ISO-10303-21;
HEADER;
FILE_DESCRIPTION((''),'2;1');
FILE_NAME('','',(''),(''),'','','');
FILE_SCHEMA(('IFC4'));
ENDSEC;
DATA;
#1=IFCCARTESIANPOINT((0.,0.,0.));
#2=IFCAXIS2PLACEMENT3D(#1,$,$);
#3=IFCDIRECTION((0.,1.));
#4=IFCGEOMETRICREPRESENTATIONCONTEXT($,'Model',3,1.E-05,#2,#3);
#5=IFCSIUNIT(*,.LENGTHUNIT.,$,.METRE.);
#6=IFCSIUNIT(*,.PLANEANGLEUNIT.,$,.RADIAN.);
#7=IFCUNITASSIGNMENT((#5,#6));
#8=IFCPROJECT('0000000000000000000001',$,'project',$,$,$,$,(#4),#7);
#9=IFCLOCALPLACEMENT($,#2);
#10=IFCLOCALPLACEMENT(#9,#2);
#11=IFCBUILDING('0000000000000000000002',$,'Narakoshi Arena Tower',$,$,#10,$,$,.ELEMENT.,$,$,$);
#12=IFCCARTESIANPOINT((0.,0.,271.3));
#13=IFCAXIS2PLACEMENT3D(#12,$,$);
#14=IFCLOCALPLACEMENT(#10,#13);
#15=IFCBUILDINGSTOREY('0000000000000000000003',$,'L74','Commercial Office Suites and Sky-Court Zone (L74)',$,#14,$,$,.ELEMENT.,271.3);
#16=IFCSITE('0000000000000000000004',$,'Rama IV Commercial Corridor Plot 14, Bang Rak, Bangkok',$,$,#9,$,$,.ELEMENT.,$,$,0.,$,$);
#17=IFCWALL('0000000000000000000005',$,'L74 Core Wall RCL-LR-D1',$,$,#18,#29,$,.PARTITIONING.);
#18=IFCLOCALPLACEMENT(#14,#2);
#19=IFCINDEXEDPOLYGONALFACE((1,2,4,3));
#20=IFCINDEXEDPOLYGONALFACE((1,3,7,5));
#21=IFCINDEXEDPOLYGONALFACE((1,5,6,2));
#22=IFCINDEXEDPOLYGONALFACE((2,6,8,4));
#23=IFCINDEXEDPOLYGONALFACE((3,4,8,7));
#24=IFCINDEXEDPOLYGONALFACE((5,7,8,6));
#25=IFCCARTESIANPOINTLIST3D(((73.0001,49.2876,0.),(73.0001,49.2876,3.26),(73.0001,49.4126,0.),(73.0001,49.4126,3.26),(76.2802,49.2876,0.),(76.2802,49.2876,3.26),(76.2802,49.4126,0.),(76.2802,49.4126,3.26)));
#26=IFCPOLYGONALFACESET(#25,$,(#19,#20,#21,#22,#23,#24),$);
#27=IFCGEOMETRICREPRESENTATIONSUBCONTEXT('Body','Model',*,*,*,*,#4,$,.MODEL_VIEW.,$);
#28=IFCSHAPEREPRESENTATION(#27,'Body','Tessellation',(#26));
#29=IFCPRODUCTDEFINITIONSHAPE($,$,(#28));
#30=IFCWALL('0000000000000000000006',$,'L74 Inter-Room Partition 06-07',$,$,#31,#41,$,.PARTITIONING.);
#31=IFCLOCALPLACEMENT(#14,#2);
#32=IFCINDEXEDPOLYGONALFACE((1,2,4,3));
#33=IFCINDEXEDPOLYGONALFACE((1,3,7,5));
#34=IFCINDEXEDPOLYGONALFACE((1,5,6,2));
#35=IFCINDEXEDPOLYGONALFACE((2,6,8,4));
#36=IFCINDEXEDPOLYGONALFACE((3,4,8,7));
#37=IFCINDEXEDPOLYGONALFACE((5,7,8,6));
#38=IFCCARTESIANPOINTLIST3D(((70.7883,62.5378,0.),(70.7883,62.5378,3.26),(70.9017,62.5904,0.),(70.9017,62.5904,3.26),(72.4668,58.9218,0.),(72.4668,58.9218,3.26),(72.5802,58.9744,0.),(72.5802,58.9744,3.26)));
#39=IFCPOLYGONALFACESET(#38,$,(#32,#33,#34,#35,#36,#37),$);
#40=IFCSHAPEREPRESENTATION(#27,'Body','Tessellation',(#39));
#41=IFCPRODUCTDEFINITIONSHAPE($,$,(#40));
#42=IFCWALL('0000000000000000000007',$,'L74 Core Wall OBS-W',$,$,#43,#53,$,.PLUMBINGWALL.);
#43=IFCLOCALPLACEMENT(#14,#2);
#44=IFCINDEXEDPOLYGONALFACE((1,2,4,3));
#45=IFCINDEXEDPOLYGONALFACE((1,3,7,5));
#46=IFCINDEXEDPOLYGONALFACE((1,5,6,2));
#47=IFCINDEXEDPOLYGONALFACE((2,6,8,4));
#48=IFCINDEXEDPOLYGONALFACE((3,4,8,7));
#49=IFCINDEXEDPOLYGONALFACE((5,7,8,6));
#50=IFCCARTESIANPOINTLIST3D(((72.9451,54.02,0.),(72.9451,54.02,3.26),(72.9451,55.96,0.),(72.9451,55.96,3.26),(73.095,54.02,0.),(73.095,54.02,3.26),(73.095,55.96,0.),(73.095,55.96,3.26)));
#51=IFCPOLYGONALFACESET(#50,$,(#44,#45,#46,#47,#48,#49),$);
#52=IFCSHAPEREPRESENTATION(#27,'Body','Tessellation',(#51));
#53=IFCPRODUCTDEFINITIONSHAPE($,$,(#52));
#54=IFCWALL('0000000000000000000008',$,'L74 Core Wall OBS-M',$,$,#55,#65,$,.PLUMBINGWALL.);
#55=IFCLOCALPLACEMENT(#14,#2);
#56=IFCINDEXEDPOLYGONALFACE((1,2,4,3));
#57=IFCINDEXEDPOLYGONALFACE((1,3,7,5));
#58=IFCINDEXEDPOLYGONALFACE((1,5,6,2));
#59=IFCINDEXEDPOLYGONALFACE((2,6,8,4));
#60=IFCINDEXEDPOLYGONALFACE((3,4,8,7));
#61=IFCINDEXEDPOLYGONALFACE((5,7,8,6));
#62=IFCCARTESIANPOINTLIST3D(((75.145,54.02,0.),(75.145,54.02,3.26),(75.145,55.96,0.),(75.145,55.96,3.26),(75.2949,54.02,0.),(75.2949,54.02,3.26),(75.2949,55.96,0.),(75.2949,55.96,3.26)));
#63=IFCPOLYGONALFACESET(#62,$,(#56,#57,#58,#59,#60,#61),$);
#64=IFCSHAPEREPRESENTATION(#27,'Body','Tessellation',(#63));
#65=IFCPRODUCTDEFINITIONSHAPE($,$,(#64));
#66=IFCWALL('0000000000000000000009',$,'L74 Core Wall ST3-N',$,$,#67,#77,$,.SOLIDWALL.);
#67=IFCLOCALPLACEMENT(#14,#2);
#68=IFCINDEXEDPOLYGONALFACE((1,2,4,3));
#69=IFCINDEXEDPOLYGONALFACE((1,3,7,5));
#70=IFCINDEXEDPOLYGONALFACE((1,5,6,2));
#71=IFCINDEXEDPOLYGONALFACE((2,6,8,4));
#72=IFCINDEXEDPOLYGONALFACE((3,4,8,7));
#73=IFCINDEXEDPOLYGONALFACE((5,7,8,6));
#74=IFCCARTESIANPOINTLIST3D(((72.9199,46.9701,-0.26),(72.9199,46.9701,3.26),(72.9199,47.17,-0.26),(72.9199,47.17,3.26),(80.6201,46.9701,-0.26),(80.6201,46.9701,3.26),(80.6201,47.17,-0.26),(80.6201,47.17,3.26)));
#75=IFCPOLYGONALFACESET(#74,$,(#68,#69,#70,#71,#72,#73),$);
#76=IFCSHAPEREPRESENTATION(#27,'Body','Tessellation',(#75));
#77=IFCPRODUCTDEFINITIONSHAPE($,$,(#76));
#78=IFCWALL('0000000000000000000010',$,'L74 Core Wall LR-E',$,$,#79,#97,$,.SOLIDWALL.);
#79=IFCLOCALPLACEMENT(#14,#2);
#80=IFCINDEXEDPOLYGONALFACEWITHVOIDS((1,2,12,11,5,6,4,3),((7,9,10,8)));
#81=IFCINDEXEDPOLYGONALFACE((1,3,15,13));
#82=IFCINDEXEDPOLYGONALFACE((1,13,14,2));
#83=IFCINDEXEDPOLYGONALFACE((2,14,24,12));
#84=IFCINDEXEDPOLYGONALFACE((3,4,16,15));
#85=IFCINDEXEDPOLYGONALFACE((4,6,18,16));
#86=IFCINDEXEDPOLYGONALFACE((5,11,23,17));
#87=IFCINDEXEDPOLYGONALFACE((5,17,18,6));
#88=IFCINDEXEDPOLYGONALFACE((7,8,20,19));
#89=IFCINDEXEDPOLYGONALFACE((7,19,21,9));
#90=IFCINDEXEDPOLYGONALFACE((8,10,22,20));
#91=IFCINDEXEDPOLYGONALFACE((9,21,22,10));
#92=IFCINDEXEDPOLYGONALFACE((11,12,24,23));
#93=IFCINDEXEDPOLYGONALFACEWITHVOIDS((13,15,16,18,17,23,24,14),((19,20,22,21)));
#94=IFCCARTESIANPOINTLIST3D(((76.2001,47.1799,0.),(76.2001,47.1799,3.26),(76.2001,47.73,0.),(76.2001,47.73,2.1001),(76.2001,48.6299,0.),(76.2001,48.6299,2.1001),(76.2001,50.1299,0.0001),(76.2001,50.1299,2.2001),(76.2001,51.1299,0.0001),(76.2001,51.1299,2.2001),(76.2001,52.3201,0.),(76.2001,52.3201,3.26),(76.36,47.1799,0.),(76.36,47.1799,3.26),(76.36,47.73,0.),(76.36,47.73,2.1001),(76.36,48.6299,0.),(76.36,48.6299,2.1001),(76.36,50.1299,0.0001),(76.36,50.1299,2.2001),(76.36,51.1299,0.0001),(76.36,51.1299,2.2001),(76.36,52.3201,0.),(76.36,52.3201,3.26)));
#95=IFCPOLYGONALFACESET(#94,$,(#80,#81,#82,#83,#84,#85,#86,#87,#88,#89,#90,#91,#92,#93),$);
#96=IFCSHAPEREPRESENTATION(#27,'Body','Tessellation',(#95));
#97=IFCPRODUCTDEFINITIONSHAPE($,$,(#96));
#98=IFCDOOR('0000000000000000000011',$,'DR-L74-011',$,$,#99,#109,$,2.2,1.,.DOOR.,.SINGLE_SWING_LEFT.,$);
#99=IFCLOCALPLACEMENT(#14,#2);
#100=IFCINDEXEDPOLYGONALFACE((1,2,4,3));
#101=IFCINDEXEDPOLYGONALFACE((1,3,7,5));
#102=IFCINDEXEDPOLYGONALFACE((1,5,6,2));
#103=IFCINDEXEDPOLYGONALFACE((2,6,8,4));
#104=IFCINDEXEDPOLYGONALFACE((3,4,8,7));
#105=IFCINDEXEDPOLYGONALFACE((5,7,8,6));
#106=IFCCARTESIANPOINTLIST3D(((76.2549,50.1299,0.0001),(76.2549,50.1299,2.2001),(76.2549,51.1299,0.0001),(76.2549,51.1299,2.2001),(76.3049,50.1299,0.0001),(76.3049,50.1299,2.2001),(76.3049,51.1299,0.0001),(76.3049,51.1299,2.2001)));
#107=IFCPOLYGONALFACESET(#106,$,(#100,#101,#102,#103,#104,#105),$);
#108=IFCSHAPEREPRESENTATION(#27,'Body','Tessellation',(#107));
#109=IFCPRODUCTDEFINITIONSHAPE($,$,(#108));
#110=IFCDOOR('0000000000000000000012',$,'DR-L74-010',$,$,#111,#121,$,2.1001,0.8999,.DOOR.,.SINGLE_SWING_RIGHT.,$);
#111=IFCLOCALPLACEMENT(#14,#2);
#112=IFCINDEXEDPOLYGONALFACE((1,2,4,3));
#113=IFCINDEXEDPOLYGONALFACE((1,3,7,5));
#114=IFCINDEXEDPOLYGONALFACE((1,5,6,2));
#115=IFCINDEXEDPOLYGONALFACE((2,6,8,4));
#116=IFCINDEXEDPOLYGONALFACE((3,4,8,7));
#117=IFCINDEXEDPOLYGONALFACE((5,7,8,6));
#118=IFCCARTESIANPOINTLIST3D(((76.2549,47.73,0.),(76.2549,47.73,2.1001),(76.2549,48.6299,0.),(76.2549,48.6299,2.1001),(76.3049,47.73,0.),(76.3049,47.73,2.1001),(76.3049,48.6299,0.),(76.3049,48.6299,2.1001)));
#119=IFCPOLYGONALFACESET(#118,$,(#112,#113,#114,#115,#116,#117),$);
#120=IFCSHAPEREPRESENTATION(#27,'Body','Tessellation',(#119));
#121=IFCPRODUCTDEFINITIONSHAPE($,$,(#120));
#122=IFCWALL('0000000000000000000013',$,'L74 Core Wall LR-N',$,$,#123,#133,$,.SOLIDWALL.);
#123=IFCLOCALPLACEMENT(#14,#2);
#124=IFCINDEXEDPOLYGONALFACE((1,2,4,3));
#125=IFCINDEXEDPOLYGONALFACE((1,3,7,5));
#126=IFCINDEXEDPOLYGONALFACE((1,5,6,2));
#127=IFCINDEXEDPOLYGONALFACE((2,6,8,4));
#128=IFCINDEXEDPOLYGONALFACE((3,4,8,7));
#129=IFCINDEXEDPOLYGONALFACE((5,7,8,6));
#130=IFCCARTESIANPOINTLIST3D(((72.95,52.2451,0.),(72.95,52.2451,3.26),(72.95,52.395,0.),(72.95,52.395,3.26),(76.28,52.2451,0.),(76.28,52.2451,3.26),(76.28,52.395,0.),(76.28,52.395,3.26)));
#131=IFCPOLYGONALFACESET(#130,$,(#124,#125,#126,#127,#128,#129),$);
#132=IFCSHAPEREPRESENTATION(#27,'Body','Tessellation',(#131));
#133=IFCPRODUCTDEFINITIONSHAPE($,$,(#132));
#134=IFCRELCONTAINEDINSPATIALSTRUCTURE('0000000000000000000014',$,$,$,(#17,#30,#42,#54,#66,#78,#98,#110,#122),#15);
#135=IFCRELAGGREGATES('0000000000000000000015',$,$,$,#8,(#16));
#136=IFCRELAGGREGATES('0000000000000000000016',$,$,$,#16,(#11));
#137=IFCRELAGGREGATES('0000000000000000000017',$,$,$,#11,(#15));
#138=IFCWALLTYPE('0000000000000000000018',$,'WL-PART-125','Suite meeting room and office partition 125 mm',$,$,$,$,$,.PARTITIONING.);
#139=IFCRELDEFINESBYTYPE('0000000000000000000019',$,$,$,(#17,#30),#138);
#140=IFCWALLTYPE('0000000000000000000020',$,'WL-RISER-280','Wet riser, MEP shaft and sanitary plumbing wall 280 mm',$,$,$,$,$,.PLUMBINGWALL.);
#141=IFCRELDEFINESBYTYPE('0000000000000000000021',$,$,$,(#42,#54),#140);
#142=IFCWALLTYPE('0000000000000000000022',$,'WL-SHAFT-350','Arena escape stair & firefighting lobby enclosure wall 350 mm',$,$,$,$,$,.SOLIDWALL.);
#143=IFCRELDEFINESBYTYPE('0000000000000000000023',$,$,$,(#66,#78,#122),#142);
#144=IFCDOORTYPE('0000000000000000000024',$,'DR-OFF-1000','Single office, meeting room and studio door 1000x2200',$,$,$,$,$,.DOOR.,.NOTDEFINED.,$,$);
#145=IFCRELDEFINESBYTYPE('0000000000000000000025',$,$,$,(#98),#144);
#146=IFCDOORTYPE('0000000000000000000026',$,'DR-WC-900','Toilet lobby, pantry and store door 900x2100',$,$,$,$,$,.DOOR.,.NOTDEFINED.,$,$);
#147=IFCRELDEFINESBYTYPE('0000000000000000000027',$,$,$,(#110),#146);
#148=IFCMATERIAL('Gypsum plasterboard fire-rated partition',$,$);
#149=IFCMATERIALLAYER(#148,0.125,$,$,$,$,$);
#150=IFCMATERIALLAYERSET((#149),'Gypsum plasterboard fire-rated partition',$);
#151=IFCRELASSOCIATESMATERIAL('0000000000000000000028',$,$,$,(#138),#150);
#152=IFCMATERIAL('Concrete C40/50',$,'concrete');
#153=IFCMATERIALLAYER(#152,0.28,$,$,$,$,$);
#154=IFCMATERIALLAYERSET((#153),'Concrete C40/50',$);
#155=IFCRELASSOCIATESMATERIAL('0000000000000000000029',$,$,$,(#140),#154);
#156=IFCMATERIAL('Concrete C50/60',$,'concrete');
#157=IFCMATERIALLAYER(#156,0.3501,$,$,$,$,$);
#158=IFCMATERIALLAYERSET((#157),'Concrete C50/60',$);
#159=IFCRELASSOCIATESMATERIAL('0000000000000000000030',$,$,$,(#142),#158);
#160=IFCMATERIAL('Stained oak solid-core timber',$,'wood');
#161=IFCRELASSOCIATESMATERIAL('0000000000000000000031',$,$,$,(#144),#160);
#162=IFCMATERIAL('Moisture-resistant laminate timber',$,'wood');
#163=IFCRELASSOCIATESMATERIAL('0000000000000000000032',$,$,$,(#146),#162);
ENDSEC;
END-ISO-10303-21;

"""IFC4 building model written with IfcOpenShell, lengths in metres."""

from ifc_helpers import new_model, si_unit, direction, frame, frame_2d, origin, place, context, subcontext, project, spatial, rectangle, extrude, material, layer, layer_set, type_object, element, fill, save


model = new_model("IFC4")

# Units and contexts
model_context = context("Model", 3, precision=1e-05, world=origin(), true_north=direction((0.0, 1.0)))
body_context = subcontext(model_context, "Body", "Model", "MODEL_VIEW")
ifc_project = project(units=[si_unit("LENGTHUNIT", "METRE"), si_unit("PLANEANGLEUNIT", "RADIAN")], contexts=[model_context])

# Site, building, storey
site_placement = place(None, origin())
site = spatial("IfcSite", under=ifc_project, at=site_placement, Name="Rama IV Commercial Corridor Plot 14, Bang Rak, Bangkok", CompositionType="ELEMENT", RefElevation=0.0)
building_placement = place(site_placement, origin())
building = spatial("IfcBuilding", under=site, at=building_placement, Name="Narakoshi Arena Tower", CompositionType="ELEMENT")
storey_placement = place(building_placement, frame((0.0, 0.0, 271.3)))
storey = spatial("IfcBuildingStorey", under=building, at=storey_placement, Name="L74", Description="Commercial Office Suites and Sky-Court Zone (L74)", CompositionType="ELEMENT", Elevation=271.3)

# Walls
ifc_material_1 = material(Name="Gypsum plasterboard fire-rated partition")
ifc_layer_1 = layer(ifc_material_1, 0.125)
ifc_layer_set_1 = layer_set([ifc_layer_1], Name="Gypsum plasterboard fire-rated partition")
wall_type_1 = type_object("IfcWallType", Name="WL-PART-125", Description="Suite meeting room and office partition 125 mm", PredefinedType="PARTITIONING", material=ifc_layer_set_1)
wall_1_placement = place(storey_placement, frame((73.0, 49.3501, 0.0), z_axis=(0.0, 0.0, 1.0), x_axis=(1.0, 0.0, 0.0)))
element("IfcWall", 1, at=wall_1_placement, inside=storey, type_object=wall_type_1, Name="L74 Core Wall RCL-LR-D1", PredefinedType="PARTITIONING", context=body_context, shape_type="SweptSolid", body=[
    extrude(rectangle(XDim=3.28, YDim=0.125, at=frame_2d((1.6401, 0.0))), origin(), (0.0, 0.0, 1.0), 3.26),
])
wall_2_placement = place(storey_placement, frame((72.5234, 58.9482, 0.0), z_axis=(0.0, 0.0, 1.0), x_axis=(-0.421034, 0.907045, 0.0)))
element("IfcWall", 2, at=wall_2_placement, inside=storey, type_object=wall_type_1, Name="L74 Inter-Room Partition 06-07", PredefinedType="PARTITIONING", context=body_context, shape_type="SweptSolid", body=[
    extrude(rectangle(XDim=3.9866, YDim=0.125, at=frame_2d((1.9932, 0.0))), origin(), (0.0, 0.0, 1.0), 3.26),
])
ifc_material_2 = material(Name="Concrete C40/50", Category="concrete")
ifc_layer_2 = layer(ifc_material_2, 0.28)
ifc_layer_set_2 = layer_set([ifc_layer_2], Name="Concrete C40/50")
wall_type_2 = type_object("IfcWallType", Name="WL-RISER-280", Description="Wet riser, MEP shaft and sanitary plumbing wall 280 mm", PredefinedType="PLUMBINGWALL", material=ifc_layer_set_2)
for number, where, z_axis, x_axis, name in (
    (3, (73.02, 54.02, 0.0), (0.0, 0.0, 1.0), (0.0, 1.0, 0.0), "L74 Core Wall OBS-W"),
    (4, (75.22, 54.02, 0.0), (0.0, 0.0, 1.0), (0.0, 1.0, 0.0), "L74 Core Wall OBS-M"),
):
    element("IfcWall", number, at=place(storey_placement, frame(where, z_axis=z_axis, x_axis=x_axis)), inside=storey, type_object=wall_type_2, Name=name, PredefinedType="PLUMBINGWALL", context=body_context, shape_type="SweptSolid", body=[
        extrude(rectangle(XDim=1.9399, YDim=0.1499, at=frame_2d((0.97, 0.0))), origin(), (0.0, 0.0, 1.0), 3.26),
    ])
ifc_material_3 = material(Name="Concrete C50/60", Category="concrete")
ifc_layer_3 = layer(ifc_material_3, 0.3501)
ifc_layer_set_3 = layer_set([ifc_layer_3], Name="Concrete C50/60")
wall_type_3 = type_object("IfcWallType", Name="WL-SHAFT-350", Description="Arena escape stair & firefighting lobby enclosure wall 350 mm", PredefinedType="SOLIDWALL", material=ifc_layer_set_3)
wall_3_placement = place(storey_placement, frame((72.9199, 47.0701, -0.26), z_axis=(0.0, 0.0, 1.0), x_axis=(1.0, 0.0, 0.0)))
element("IfcWall", 5, at=wall_3_placement, inside=storey, type_object=wall_type_3, Name="L74 Core Wall ST3-N", PredefinedType="SOLIDWALL", context=body_context, shape_type="SweptSolid", body=[
    extrude(rectangle(XDim=7.7002, YDim=0.2, at=frame_2d((3.8501, 0.0))), origin(), (0.0, 0.0, 1.0), 3.52),
])

# Wall, openings, doors
wall_4_placement = place(storey_placement, frame((76.28, 47.1799, 0.0), z_axis=(0.0, 0.0, 1.0), x_axis=(0.0, 1.0, 0.0)))
wall_4 = element("IfcWall", 6, at=wall_4_placement, inside=storey, type_object=wall_type_3, Name="L74 Core Wall LR-E", PredefinedType="SOLIDWALL", context=body_context, shape_type="SweptSolid", body=[
    extrude(rectangle(XDim=5.1401, YDim=0.1599, at=frame_2d((2.5701, 0.0))), origin(), (0.0, 0.0, 1.0), 3.26),
])
opening_1_placement = place(wall_4_placement, frame((0.55, 0.0, 0.0)))
opening_1 = element("IfcOpeningElement", 7, at=opening_1_placement, cuts=wall_4, PredefinedType="OPENING", context=body_context, shape_type="SweptSolid", body=[
    extrude(rectangle(XDim=0.8999, YDim=2.1001, at=frame_2d((0.45, 1.05))), frame((0.0, 0.0898, 0.0), z_axis=(0.0, -1.0, 0.0), x_axis=(1.0, 0.0, 0.0)), (0.0, 0.0, 1.0), 0.1799),
])
opening_2_placement = place(wall_4_placement, frame((2.95, 0.0, 0.0)))
opening_2 = element("IfcOpeningElement", 8, at=opening_2_placement, cuts=wall_4, PredefinedType="OPENING", context=body_context, shape_type="SweptSolid", body=[
    extrude(rectangle(XDim=1.0, YDim=2.2, at=frame_2d((0.5, 1.1001))), frame((0.0, 0.0898, 0.0), z_axis=(0.0, -1.0, 0.0), x_axis=(1.0, 0.0, 0.0)), (0.0, 0.0, 1.0), 0.1799),
])
ifc_material_4 = material(Name="Stained oak solid-core timber", Category="wood")
door_type_1 = type_object("IfcDoorType", Name="DR-OFF-1000", Description="Single office, meeting room and studio door 1000x2200", OperationType="NOTDEFINED", PredefinedType="DOOR", material=ifc_material_4)
door_1_placement = place(opening_2_placement, frame((1.0, 0.0, 0.0), z_axis=(0.0, 0.0, 1.0), x_axis=(-1.0, 0.0, 0.0)))
door_1 = element("IfcDoor", 9, at=door_1_placement, inside=storey, type_object=door_type_1, Name="DR-L74-011", OperationType="SINGLE_SWING_LEFT", OverallHeight=2.2, OverallWidth=1.0, PredefinedType="DOOR", context=body_context, shape_type="SweptSolid", body=[
    extrude(rectangle(XDim=1.0, YDim=2.2, at=frame_2d((0.5, 1.1001))), frame((0.0, 0.0249, 0.0), z_axis=(0.0, -1.0, 0.0), x_axis=(1.0, 0.0, 0.0)), (0.0, 0.0, 1.0), 0.05),
])
fill(opening_2, door_1)
ifc_material_5 = material(Name="Moisture-resistant laminate timber", Category="wood")
door_type_2 = type_object("IfcDoorType", Name="DR-WC-900", Description="Toilet lobby, pantry and store door 900x2100", OperationType="NOTDEFINED", PredefinedType="DOOR", material=ifc_material_5)
door_2_placement = place(opening_1_placement, frame((0.8999, 0.0, 0.0), z_axis=(0.0, 0.0, 1.0), x_axis=(-1.0, 0.0, 0.0)))
door_2 = element("IfcDoor", 10, at=door_2_placement, inside=storey, type_object=door_type_2, Name="DR-L74-010", OperationType="SINGLE_SWING_RIGHT", OverallHeight=2.1001, OverallWidth=0.8999, PredefinedType="DOOR", context=body_context, shape_type="SweptSolid", body=[
    extrude(rectangle(XDim=0.8999, YDim=2.1001, at=frame_2d((0.45, 1.05))), frame((0.0, 0.0249, 0.0), z_axis=(0.0, -1.0, 0.0), x_axis=(1.0, 0.0, 0.0)), (0.0, 0.0, 1.0), 0.05),
])
fill(opening_1, door_2)

# Wall
wall_5_placement = place(storey_placement, frame((72.95, 52.3201, 0.0), z_axis=(0.0, 0.0, 1.0), x_axis=(1.0, 0.0, 0.0)))
element("IfcWall", 11, at=wall_5_placement, inside=storey, type_object=wall_type_3, Name="L74 Core Wall LR-N", PredefinedType="SOLIDWALL", context=body_context, shape_type="SweptSolid", body=[
    extrude(rectangle(XDim=3.3301, YDim=0.1499, at=frame_2d((1.665, 0.0))), origin(), (0.0, 0.0, 1.0), 3.26),
])

save(model, "model.ifc")
